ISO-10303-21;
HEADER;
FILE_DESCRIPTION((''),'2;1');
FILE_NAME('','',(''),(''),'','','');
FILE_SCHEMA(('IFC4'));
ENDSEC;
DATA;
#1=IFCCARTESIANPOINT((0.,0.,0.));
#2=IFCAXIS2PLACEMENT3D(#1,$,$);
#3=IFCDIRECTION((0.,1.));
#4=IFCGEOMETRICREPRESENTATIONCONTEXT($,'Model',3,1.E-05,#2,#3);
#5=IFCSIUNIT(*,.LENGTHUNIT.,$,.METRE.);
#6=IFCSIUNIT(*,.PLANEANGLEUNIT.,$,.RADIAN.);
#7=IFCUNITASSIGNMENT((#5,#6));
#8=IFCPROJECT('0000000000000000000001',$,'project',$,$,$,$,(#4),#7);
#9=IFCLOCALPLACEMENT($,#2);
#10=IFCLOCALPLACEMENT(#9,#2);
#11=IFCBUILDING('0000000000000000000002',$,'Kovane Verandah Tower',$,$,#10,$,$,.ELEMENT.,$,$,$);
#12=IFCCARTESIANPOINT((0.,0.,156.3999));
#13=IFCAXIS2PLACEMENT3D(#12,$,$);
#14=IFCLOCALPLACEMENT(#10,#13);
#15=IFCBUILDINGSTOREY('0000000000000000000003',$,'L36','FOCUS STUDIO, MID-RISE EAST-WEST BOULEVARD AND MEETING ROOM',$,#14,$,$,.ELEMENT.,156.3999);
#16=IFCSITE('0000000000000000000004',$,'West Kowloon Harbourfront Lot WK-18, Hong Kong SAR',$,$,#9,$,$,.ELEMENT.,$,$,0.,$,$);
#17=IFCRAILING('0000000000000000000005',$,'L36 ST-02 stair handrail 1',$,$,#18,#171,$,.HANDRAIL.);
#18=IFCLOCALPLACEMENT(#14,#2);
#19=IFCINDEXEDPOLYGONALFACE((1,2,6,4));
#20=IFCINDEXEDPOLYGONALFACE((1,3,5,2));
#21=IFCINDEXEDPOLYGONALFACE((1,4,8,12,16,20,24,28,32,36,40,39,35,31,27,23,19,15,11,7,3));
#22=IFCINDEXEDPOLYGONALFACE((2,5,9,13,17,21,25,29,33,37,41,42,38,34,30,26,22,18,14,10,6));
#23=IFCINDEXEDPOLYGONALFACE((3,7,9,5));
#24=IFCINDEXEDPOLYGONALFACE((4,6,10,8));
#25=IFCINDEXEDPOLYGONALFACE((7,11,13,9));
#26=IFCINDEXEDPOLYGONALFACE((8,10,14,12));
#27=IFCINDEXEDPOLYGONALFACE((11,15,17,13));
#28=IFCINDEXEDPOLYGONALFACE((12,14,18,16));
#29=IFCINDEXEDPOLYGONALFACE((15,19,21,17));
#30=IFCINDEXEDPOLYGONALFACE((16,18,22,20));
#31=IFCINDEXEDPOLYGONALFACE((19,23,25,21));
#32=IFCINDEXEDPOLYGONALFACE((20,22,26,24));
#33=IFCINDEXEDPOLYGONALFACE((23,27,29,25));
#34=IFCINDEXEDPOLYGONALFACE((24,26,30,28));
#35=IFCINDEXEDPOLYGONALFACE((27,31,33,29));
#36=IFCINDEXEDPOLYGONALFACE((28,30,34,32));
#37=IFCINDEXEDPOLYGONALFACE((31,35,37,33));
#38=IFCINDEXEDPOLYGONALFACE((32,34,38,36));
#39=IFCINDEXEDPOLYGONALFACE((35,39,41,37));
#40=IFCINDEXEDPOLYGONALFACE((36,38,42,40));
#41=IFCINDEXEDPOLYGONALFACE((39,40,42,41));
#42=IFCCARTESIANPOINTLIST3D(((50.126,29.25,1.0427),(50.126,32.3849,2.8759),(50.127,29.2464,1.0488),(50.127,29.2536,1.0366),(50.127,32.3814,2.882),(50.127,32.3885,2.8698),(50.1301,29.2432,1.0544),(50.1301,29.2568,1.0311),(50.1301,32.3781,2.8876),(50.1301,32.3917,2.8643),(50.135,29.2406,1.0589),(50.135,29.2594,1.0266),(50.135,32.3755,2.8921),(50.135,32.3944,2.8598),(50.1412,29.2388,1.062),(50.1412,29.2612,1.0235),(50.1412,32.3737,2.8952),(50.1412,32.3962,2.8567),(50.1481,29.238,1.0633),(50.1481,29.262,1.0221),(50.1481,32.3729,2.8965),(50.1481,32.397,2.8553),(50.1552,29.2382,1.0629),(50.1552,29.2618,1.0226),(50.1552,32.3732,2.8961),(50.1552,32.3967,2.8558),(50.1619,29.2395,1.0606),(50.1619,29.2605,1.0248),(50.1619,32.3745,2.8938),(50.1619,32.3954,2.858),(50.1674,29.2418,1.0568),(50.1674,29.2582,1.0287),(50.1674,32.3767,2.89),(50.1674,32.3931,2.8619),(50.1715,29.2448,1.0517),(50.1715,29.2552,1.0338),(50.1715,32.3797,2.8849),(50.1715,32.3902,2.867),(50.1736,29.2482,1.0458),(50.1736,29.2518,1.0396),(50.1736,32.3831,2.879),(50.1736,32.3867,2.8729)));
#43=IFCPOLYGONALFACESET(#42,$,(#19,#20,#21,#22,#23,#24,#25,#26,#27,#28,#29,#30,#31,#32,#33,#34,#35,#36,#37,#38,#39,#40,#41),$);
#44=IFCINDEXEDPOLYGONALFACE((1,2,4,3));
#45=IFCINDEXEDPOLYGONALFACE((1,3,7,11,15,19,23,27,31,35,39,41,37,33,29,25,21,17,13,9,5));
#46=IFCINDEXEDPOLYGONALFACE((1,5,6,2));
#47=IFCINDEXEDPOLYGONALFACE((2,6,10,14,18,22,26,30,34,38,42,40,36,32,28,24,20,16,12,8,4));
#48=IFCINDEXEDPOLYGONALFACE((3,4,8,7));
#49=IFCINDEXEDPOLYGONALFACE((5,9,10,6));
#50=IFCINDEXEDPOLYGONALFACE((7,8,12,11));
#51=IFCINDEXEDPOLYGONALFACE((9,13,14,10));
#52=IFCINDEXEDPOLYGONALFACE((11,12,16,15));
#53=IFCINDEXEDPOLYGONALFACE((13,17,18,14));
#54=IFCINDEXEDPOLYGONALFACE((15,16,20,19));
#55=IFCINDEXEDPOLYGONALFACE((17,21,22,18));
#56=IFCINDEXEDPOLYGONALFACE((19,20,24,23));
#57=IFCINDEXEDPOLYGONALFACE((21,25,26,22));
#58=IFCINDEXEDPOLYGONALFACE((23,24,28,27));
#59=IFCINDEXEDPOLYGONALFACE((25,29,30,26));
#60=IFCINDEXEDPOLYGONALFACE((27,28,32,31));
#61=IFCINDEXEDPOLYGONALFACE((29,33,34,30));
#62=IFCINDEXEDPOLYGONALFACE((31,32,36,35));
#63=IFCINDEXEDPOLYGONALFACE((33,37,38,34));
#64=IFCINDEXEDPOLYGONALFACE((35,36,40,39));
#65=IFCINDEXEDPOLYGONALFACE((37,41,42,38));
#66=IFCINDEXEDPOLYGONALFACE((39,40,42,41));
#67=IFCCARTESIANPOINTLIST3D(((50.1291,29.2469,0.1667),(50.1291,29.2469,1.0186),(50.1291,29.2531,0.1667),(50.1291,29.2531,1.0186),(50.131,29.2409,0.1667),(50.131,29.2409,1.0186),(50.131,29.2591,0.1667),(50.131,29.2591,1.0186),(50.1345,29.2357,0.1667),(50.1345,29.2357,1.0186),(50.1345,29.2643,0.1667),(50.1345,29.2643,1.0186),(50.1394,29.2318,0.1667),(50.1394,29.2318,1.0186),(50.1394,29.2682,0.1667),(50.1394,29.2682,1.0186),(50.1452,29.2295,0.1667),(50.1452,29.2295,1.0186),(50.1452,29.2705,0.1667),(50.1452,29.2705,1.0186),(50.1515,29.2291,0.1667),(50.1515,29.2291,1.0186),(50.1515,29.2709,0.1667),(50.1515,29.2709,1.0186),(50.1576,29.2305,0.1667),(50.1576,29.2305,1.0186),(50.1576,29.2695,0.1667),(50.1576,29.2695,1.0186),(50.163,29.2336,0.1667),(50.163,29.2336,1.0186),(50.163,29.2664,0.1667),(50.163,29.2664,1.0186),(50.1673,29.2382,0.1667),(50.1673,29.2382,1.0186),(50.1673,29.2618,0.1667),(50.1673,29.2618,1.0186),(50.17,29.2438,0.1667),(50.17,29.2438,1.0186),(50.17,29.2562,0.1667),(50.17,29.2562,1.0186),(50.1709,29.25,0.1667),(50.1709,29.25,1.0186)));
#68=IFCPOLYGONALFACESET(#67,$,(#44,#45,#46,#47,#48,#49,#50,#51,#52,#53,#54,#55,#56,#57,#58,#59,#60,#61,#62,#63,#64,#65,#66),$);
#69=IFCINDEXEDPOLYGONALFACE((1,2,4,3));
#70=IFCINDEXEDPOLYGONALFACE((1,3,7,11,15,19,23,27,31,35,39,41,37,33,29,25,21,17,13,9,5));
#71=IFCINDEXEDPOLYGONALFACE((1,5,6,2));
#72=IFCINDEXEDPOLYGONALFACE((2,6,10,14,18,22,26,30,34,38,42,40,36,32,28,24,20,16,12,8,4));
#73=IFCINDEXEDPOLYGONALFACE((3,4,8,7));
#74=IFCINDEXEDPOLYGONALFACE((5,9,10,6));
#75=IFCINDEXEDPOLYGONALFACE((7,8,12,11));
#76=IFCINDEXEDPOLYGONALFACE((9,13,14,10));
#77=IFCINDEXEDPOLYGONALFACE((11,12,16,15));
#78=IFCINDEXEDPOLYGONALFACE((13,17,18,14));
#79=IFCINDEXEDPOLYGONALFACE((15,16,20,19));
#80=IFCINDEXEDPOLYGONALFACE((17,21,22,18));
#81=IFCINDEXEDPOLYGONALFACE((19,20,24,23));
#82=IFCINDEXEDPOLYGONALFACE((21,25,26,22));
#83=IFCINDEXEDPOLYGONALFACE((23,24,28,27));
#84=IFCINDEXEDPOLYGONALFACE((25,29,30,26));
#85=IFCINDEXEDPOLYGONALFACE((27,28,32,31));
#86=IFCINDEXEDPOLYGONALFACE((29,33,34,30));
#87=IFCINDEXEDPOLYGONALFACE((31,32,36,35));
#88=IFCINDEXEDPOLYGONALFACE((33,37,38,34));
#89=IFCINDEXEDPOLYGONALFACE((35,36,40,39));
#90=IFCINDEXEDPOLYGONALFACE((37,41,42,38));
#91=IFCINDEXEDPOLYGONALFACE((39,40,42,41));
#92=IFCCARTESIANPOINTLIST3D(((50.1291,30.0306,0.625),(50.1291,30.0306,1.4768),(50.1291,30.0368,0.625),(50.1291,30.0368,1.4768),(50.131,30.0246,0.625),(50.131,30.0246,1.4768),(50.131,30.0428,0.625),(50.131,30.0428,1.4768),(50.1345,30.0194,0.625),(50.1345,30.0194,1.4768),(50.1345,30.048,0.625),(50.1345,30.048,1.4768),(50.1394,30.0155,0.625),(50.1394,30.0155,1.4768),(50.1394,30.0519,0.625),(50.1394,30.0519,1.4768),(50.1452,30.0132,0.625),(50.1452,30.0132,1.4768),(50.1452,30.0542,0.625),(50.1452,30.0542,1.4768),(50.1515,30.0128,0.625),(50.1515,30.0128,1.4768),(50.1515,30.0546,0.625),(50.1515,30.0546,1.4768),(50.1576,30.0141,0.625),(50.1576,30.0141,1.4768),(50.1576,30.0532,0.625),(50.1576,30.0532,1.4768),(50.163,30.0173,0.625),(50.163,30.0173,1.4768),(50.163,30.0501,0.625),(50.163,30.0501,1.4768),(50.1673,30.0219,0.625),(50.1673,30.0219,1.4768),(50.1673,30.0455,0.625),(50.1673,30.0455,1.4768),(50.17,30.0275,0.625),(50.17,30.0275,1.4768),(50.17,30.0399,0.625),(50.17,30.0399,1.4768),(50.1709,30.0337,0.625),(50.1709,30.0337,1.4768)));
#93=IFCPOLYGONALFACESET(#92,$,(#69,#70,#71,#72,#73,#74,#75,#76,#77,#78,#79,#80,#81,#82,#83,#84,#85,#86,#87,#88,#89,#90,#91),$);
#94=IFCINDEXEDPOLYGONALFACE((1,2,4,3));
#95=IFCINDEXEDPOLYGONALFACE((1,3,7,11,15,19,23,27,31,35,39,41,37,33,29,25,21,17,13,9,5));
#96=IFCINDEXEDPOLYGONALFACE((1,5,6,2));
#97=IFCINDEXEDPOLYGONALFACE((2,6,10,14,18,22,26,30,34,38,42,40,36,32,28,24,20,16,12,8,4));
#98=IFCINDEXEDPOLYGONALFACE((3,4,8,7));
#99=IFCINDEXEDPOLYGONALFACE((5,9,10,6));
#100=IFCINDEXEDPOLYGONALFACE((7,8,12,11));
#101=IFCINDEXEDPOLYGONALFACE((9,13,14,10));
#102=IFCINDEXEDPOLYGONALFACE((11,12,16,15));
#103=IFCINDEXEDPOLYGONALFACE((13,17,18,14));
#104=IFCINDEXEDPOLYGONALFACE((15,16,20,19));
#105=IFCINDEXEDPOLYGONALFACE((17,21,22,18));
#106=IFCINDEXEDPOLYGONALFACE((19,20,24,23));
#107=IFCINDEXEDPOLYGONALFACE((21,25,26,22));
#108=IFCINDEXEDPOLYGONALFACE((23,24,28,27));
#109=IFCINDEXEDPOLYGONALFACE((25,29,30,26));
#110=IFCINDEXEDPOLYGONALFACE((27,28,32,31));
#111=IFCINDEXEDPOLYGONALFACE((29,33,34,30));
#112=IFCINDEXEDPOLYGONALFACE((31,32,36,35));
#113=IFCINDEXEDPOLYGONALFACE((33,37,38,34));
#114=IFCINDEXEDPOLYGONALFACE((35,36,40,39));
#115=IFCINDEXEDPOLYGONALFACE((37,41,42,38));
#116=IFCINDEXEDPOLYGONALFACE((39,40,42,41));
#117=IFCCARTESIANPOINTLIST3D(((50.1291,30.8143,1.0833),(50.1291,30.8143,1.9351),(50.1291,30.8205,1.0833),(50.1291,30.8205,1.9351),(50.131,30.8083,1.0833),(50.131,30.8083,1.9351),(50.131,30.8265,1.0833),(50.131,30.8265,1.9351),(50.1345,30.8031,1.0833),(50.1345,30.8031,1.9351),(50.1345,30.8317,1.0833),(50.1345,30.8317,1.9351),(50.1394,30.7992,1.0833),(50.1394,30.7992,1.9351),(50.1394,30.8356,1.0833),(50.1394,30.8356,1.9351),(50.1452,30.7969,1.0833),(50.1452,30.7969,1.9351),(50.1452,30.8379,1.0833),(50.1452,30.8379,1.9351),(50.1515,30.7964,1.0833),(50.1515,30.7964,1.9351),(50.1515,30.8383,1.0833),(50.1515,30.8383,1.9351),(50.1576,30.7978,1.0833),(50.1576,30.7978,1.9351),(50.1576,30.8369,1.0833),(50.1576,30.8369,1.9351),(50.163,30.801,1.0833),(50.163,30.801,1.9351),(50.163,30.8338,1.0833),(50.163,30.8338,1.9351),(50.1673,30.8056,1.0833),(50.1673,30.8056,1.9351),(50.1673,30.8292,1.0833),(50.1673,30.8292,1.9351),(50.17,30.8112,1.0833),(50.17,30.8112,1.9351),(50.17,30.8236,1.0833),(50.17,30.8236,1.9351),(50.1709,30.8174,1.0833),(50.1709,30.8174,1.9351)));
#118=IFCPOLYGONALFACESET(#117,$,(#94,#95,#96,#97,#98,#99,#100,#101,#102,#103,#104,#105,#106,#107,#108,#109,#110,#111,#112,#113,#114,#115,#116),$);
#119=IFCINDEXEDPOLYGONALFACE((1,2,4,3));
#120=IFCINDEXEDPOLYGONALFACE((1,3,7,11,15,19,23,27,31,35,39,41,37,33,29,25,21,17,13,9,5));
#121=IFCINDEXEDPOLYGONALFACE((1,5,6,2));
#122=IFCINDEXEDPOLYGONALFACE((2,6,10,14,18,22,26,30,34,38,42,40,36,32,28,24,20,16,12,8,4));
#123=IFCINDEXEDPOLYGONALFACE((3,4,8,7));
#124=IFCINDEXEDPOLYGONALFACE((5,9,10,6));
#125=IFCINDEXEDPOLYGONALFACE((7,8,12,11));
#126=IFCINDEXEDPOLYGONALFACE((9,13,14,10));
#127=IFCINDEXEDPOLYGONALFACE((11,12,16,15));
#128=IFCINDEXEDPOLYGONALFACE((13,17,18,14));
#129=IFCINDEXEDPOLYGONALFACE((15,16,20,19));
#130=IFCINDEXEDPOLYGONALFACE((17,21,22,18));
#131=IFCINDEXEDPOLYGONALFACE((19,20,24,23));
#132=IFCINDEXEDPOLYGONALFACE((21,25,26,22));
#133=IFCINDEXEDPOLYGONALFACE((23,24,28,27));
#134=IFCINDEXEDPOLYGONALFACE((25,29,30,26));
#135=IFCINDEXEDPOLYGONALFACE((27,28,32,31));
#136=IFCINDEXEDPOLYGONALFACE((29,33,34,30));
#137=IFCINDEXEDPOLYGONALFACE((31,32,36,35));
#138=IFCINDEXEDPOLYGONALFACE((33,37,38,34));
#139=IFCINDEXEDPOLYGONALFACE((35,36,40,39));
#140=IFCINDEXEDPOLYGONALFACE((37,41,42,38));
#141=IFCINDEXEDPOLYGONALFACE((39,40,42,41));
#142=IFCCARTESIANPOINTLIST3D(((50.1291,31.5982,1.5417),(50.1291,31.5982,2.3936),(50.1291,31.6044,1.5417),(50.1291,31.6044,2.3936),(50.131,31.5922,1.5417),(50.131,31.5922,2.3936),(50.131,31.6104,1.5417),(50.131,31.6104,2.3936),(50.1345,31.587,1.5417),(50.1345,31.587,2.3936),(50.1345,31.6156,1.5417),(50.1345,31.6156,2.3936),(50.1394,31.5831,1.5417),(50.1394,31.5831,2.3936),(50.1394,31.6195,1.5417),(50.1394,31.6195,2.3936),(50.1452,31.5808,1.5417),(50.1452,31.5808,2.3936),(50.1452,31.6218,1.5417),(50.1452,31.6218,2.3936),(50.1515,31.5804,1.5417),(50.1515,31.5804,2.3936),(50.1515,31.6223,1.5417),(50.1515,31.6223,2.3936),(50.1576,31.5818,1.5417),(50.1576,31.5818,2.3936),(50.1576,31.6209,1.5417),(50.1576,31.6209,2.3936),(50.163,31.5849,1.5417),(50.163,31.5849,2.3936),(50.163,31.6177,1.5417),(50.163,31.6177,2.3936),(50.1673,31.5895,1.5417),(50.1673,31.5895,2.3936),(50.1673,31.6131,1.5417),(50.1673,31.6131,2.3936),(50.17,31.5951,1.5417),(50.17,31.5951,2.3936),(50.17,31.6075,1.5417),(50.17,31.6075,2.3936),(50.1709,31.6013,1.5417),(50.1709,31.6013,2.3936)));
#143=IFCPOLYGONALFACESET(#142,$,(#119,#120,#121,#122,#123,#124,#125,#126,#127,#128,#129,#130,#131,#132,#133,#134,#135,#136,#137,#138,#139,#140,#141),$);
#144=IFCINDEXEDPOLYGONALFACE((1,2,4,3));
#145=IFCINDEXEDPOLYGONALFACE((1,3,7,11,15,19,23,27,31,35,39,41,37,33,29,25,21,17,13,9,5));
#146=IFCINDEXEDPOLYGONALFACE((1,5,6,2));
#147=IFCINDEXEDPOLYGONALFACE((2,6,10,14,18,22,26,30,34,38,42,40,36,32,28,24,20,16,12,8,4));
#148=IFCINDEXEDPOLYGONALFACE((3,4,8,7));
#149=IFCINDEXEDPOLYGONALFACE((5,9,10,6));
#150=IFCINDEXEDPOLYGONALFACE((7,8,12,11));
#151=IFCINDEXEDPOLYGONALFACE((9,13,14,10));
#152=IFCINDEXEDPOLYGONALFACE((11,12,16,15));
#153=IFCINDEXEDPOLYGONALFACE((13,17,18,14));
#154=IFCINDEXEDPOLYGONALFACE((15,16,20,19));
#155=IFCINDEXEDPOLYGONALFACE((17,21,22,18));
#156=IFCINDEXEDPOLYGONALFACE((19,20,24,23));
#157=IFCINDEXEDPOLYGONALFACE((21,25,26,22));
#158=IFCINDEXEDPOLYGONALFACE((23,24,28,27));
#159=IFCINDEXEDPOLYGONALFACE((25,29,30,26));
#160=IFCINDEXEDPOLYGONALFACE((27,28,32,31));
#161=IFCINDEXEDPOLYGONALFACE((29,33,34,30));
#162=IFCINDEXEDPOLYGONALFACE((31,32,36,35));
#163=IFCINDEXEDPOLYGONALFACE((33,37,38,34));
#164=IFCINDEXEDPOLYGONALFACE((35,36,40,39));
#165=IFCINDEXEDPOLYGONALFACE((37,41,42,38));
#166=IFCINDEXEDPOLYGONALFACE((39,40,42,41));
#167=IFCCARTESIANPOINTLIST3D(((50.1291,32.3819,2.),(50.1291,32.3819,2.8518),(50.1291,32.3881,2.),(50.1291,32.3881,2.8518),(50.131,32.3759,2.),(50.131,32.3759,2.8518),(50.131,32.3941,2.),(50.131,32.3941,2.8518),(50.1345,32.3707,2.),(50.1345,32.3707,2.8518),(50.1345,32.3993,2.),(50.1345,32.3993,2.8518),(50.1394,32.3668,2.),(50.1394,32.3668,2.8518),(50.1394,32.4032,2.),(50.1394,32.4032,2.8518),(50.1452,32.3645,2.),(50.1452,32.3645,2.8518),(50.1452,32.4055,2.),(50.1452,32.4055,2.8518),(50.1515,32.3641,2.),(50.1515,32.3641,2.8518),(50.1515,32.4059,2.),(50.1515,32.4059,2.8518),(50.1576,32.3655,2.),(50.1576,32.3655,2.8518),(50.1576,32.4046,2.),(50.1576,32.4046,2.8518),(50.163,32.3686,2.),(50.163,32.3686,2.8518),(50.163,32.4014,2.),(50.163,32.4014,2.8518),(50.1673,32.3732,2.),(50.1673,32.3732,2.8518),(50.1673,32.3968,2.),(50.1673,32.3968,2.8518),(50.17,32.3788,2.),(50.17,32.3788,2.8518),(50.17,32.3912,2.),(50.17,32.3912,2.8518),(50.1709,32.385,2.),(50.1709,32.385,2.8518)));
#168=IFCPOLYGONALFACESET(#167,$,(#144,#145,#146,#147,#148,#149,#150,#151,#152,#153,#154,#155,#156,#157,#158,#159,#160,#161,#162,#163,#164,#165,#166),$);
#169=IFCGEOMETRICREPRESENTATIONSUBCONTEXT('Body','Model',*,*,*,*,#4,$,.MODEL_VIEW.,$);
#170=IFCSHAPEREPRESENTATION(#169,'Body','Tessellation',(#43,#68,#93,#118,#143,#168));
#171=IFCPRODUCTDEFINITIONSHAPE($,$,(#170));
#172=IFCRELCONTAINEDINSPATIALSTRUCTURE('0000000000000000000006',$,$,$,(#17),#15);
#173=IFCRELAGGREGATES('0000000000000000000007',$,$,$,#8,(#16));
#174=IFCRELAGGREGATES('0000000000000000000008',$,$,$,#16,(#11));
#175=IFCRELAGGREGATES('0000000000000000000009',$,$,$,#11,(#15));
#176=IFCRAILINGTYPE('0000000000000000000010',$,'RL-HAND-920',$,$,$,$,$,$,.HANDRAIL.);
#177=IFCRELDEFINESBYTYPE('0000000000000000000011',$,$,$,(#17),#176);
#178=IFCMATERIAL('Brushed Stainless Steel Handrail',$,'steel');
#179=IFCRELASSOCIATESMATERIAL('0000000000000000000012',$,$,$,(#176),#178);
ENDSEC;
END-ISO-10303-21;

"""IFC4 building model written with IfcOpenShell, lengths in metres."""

from ifc_helpers import new_model, si_unit, direction, frame, origin, origin_2d, place, context, subcontext, project, spatial, circle, extrude, material, type_object, element, save


model = new_model("IFC4")

# Units and contexts
model_context = context("Model", 3, precision=1e-05, world=origin(), true_north=direction((0.0, 1.0)))
body_context = subcontext(model_context, "Body", "Model", "MODEL_VIEW")
ifc_project = project(units=[si_unit("LENGTHUNIT", "METRE"), si_unit("PLANEANGLEUNIT", "RADIAN")], contexts=[model_context])

# Site, building, storey
site_placement = place(None, origin())
site = spatial("IfcSite", under=ifc_project, at=site_placement, Name="West Kowloon Harbourfront Lot WK-18, Hong Kong SAR", CompositionType="ELEMENT", RefElevation=0.0)
building_placement = place(site_placement, origin())
building = spatial("IfcBuilding", under=site, at=building_placement, Name="Kovane Verandah Tower", CompositionType="ELEMENT")
storey_placement = place(building_placement, frame((0.0, 0.0, 156.3999)))
storey = spatial("IfcBuildingStorey", under=building, at=storey_placement, Name="L36", Description="FOCUS STUDIO, MID-RISE EAST-WEST BOULEVARD AND MEETING ROOM", CompositionType="ELEMENT", Elevation=156.3999)

# Railing
ifc_material_1 = material(Name="Brushed Stainless Steel Handrail", Category="steel")
railing_type = type_object("IfcRailingType", Name="RL-HAND-920", PredefinedType="HANDRAIL", material=ifc_material_1)
railing_placement = place(storey_placement, frame((50.1499, 29.25, 0.1667)))
element("IfcRailing", 1, at=railing_placement, inside=storey, type_object=railing_type, Name="L36 ST-02 stair handrail 1", PredefinedType="HANDRAIL", context=body_context, shape_type="SweptSolid", body=[
    extrude(circle(Radius=0.0239, at=origin_2d()), frame((0.0, 0.0, 0.876), z_axis=(0.0, 0.86324, 0.504794), x_axis=(-1.0, 0.0, 0.0)), (0.0, 0.0, 1.0), 3.6316),
    extrude(circle(Radius=0.021, at=origin_2d()), origin(), (0.0, 0.0, 1.0), 0.8518),
    extrude(circle(Radius=0.021, at=origin_2d()), frame((0.0, 0.7837, 0.4583)), (0.0, 0.0, 1.0), 0.8518),
    extrude(circle(Radius=0.021, at=origin_2d()), frame((0.0, 1.5674, 0.9165)), (0.0, 0.0, 1.0), 0.8518),
    extrude(circle(Radius=0.021, at=origin_2d()), frame((0.0, 2.3513, 1.375)), (0.0, 0.0, 1.0), 0.8518),
    extrude(circle(Radius=0.021, at=origin_2d()), frame((0.0, 3.135, 1.8333)), (0.0, 0.0, 1.0), 0.8518),
])

save(model, "model.ifc")
